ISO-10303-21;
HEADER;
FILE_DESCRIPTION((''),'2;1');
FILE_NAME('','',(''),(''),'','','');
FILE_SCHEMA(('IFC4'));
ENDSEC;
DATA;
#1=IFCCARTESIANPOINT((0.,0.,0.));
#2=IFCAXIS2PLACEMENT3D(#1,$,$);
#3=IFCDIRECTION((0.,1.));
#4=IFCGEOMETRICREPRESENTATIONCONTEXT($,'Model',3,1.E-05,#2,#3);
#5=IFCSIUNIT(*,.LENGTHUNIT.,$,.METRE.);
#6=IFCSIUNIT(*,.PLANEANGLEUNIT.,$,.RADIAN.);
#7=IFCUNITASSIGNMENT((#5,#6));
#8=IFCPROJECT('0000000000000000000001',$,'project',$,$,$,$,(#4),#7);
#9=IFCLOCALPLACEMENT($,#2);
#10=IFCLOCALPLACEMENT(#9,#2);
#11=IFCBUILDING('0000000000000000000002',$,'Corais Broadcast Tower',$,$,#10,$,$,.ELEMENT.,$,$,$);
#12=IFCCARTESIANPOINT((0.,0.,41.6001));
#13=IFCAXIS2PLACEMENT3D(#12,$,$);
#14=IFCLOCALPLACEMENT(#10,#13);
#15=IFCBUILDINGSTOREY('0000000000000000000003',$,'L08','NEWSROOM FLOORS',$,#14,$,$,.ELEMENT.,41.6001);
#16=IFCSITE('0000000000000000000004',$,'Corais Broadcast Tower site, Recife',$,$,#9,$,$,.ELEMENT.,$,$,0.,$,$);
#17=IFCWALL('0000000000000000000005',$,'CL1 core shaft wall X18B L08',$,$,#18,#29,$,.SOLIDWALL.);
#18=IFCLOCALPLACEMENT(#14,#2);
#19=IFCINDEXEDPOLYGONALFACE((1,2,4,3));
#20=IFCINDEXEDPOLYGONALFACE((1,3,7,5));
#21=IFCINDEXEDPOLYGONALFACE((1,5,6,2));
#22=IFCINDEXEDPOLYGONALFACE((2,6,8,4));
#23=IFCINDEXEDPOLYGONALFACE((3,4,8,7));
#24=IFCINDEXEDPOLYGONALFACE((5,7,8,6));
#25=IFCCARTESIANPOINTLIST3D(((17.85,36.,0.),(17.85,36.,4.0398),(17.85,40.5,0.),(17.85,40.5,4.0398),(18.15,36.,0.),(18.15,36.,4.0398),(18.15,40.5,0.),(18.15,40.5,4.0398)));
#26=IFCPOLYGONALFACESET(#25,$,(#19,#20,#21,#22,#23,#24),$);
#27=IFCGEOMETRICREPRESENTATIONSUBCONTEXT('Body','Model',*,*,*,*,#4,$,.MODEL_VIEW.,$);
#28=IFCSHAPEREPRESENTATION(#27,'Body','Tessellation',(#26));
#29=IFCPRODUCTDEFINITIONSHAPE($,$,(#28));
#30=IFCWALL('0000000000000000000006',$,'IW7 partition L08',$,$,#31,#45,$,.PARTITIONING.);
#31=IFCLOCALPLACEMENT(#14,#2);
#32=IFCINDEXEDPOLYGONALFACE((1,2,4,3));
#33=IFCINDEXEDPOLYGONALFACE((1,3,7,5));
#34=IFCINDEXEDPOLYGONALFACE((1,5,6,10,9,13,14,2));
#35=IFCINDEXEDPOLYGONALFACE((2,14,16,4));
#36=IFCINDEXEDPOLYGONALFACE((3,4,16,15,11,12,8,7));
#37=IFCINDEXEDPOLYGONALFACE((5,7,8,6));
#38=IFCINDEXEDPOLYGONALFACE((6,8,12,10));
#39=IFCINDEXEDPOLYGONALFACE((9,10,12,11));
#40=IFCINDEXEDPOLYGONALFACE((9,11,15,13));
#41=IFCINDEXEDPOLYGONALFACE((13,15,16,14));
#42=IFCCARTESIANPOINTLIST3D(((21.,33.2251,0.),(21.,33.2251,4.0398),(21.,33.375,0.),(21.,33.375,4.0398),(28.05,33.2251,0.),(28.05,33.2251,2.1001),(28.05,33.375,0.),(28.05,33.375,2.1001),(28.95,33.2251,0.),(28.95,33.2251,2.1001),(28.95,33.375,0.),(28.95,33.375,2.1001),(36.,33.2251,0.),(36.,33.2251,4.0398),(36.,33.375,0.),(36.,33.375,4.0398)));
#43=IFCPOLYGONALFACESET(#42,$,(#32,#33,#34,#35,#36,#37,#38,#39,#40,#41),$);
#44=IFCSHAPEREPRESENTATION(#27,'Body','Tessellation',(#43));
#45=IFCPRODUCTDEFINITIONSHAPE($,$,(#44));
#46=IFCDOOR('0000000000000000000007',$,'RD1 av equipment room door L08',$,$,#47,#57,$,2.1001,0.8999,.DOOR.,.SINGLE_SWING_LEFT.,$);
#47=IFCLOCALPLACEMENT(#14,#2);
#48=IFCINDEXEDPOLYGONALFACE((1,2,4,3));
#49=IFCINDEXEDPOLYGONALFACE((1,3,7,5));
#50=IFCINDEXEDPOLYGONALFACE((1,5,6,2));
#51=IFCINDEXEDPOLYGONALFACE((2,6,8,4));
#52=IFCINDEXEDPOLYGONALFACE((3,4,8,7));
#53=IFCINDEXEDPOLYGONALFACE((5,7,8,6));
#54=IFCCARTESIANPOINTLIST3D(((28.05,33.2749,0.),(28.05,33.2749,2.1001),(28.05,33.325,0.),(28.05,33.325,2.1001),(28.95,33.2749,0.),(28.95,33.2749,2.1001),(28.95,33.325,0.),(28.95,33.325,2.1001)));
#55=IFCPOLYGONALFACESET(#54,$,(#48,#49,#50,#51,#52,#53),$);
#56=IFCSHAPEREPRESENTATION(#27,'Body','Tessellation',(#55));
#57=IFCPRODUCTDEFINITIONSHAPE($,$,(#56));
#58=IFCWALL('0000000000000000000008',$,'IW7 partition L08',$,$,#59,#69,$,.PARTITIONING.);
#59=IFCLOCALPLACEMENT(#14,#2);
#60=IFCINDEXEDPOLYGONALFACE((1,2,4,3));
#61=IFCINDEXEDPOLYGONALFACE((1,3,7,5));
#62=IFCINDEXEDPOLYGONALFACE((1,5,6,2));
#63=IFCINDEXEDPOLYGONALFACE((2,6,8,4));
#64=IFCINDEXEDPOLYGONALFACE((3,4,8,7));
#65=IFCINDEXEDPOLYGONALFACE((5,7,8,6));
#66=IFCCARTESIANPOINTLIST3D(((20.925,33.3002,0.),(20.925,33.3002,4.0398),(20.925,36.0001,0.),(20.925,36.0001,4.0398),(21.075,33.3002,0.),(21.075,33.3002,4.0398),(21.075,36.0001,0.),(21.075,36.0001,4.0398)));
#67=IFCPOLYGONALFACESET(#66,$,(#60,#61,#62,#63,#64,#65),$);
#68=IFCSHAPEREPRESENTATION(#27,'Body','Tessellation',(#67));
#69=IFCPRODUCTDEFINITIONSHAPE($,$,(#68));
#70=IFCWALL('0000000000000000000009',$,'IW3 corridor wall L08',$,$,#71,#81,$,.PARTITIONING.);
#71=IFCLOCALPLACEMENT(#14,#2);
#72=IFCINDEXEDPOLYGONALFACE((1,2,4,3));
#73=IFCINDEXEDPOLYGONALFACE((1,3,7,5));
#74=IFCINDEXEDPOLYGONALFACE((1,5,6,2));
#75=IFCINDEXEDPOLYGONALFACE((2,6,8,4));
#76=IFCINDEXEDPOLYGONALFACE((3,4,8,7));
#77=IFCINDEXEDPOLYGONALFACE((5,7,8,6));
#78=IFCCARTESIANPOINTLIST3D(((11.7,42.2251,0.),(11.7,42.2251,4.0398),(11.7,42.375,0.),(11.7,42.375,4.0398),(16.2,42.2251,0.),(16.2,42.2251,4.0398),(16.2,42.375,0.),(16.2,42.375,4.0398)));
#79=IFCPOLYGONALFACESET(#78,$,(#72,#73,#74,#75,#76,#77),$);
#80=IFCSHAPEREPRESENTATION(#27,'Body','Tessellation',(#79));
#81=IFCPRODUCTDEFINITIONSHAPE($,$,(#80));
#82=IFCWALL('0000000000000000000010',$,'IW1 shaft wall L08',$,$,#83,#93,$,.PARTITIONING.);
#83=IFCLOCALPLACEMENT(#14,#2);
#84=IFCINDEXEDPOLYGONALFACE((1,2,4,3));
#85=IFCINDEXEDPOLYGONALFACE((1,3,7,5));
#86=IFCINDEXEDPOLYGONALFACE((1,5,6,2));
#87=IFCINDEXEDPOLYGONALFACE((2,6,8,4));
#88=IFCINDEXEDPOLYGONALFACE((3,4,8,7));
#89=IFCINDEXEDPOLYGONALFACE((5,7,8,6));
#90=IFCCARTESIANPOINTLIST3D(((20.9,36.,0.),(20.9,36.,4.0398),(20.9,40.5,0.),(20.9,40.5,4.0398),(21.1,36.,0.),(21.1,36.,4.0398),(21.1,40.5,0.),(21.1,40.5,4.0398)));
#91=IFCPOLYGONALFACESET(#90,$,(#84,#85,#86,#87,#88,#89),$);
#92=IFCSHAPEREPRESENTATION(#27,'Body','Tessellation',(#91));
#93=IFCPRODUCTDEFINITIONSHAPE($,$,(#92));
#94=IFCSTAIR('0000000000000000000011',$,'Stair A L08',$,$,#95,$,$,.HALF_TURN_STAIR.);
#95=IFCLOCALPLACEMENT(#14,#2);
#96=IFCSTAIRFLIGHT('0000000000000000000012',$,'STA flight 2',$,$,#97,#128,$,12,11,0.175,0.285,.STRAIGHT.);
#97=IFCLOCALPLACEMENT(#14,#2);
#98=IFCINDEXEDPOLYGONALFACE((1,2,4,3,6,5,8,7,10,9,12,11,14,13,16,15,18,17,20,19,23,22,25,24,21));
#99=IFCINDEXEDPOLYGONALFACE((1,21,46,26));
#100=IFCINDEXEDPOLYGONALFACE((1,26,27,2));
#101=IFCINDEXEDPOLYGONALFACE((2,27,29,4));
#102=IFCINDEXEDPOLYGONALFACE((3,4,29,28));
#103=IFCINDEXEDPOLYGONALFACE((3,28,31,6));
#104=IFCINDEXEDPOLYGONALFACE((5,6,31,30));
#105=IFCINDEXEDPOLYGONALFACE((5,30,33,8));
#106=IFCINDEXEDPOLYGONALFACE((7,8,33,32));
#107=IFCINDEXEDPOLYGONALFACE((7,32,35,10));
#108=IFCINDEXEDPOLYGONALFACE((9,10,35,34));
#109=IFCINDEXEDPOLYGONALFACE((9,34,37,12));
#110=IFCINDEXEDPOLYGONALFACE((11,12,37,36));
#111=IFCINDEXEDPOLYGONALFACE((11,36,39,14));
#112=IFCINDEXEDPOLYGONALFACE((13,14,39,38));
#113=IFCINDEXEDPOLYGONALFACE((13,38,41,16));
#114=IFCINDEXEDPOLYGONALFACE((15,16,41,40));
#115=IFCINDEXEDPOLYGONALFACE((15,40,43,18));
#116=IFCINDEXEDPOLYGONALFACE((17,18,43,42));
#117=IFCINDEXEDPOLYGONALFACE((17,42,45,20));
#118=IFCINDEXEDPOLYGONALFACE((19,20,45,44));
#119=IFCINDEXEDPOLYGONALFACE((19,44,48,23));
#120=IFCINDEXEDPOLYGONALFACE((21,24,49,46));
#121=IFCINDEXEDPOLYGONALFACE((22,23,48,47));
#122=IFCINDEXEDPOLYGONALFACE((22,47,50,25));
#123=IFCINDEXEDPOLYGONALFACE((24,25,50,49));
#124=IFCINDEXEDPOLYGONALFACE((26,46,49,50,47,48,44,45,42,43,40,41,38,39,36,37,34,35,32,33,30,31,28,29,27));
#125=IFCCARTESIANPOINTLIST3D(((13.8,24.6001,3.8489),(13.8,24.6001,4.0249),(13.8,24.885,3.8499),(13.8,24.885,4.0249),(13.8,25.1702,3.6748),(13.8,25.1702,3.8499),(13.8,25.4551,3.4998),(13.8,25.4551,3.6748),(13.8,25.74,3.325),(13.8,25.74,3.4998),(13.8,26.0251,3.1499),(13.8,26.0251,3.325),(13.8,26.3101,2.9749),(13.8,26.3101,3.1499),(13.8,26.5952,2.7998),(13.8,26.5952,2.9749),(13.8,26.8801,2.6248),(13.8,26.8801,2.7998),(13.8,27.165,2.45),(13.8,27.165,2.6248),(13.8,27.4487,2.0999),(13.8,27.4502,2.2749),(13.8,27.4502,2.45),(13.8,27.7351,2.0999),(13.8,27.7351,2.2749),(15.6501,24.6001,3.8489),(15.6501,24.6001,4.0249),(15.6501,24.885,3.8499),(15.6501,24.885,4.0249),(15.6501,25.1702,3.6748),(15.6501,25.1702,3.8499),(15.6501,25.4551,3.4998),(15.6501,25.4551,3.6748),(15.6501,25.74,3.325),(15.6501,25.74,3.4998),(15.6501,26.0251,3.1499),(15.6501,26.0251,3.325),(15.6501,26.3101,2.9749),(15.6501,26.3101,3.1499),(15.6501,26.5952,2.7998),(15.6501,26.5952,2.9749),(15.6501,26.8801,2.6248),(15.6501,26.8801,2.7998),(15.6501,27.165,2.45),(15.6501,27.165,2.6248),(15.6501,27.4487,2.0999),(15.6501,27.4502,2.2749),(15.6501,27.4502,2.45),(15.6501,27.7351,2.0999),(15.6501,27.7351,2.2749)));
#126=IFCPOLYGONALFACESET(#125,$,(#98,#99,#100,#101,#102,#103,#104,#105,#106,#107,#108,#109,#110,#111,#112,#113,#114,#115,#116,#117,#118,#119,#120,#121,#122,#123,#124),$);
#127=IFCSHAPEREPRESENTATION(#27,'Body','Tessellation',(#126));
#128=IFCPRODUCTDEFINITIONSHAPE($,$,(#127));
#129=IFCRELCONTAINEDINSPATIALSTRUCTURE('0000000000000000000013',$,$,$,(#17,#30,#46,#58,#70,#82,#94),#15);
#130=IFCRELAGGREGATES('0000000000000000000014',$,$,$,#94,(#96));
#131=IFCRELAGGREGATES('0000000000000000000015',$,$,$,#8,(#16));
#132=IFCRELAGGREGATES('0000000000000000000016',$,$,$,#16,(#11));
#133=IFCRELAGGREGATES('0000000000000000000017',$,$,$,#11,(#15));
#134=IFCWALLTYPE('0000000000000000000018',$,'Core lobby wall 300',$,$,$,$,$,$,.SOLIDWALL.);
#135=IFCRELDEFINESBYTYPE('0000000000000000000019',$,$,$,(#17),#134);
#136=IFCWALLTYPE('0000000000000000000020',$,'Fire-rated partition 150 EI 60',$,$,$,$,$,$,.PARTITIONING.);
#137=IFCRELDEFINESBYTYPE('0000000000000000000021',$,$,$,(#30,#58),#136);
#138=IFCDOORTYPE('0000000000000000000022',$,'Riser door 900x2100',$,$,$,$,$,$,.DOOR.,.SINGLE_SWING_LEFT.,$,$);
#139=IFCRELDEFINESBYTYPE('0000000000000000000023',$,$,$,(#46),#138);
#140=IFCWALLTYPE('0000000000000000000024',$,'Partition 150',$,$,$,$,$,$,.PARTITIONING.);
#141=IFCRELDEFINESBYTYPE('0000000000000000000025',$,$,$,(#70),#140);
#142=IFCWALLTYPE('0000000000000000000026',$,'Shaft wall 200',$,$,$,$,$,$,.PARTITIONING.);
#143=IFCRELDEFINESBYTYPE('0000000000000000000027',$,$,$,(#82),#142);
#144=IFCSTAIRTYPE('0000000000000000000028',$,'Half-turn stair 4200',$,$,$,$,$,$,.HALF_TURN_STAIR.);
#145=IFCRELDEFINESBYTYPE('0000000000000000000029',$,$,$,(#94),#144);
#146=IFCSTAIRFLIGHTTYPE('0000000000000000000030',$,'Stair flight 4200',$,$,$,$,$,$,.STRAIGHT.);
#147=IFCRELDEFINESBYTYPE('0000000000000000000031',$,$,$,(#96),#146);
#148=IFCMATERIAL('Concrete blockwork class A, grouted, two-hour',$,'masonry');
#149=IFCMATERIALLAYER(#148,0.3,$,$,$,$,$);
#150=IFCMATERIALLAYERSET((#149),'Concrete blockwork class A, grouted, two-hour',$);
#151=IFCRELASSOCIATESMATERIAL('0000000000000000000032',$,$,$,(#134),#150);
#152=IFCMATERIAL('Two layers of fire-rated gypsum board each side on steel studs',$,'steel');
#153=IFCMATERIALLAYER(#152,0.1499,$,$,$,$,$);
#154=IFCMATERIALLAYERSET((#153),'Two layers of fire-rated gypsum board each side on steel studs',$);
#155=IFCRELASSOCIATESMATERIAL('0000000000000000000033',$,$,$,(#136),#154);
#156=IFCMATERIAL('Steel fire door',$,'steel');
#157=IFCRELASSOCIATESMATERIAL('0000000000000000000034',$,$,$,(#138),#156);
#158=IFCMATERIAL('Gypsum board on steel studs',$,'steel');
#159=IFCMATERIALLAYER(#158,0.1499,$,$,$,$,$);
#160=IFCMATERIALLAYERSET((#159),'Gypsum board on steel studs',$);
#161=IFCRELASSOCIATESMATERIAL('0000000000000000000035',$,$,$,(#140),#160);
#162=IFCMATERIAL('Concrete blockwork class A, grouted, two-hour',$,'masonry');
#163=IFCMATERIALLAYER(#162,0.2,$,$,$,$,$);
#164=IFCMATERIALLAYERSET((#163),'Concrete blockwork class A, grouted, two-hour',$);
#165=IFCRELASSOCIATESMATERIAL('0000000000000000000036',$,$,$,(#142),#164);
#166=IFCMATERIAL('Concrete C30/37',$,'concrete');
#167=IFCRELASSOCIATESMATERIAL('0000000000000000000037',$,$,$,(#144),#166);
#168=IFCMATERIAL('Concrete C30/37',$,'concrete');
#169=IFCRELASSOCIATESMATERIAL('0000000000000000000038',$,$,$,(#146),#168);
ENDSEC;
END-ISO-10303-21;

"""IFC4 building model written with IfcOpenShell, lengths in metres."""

from ifc_helpers import new_model, si_unit, direction, frame, frame_2d, origin, place, context, subcontext, project, spatial, polyline, rectangle, outline, extrude, material, layer, layer_set, type_object, element, fill, aggregate, save


model = new_model("IFC4")

# Units and contexts
model_context = context("Model", 3, precision=1e-05, world=origin(), true_north=direction((0.0, 1.0)))
body_context = subcontext(model_context, "Body", "Model", "MODEL_VIEW")
ifc_project = project(units=[si_unit("LENGTHUNIT", "METRE"), si_unit("PLANEANGLEUNIT", "RADIAN")], contexts=[model_context])

# Site, building, storey
site_placement = place(None, origin())
site = spatial("IfcSite", under=ifc_project, at=site_placement, Name="Corais Broadcast Tower site, Recife", CompositionType="ELEMENT", RefElevation=0.0)
building_placement = place(site_placement, origin())
building = spatial("IfcBuilding", under=site, at=building_placement, Name="Corais Broadcast Tower", CompositionType="ELEMENT")
storey_placement = place(building_placement, frame((0.0, 0.0, 41.6001)))
storey = spatial("IfcBuildingStorey", under=building, at=storey_placement, Name="L08", Description="NEWSROOM FLOORS", CompositionType="ELEMENT", Elevation=41.6001)

# Wall
ifc_material_1 = material(Name="Concrete blockwork class A, grouted, two-hour", Category="masonry")
ifc_layer_1 = layer(ifc_material_1, 0.3)
ifc_layer_set_1 = layer_set([ifc_layer_1], Name="Concrete blockwork class A, grouted, two-hour")
wall_type_1 = type_object("IfcWallType", Name="Core lobby wall 300", PredefinedType="SOLIDWALL", material=ifc_layer_set_1)
wall_1_placement = place(storey_placement, frame((18.0, 36.0, 0.0), z_axis=(0.0, 0.0, 1.0), x_axis=(0.0, 1.0, 0.0)))
element("IfcWall", 1, at=wall_1_placement, inside=storey, type_object=wall_type_1, Name="CL1 core shaft wall X18B L08", PredefinedType="SOLIDWALL", context=body_context, shape_type="SweptSolid", body=[
    extrude(rectangle(XDim=4.5, YDim=0.3, at=frame_2d((2.25, 0.0))), origin(), (0.0, 0.0, 1.0), 4.0398),
])

# Wall, opening, door
ifc_material_2 = material(Name="Two layers of fire-rated gypsum board each side on steel studs", Category="steel")
ifc_layer_2 = layer(ifc_material_2, 0.1499)
ifc_layer_set_2 = layer_set([ifc_layer_2], Name="Two layers of fire-rated gypsum board each side on steel studs")
wall_type_2 = type_object("IfcWallType", Name="Fire-rated partition 150 EI 60", PredefinedType="PARTITIONING", material=ifc_layer_set_2)
wall_2_placement = place(storey_placement, frame((21.0, 33.3, 0.0), z_axis=(0.0, 0.0, 1.0), x_axis=(1.0, 0.0, 0.0)))
wall_2 = element("IfcWall", 2, at=wall_2_placement, inside=storey, type_object=wall_type_2, Name="IW7 partition L08", PredefinedType="PARTITIONING", context=body_context, shape_type="SweptSolid", body=[
    extrude(rectangle(XDim=15.0, YDim=0.1499, at=frame_2d((7.5, 0.0))), origin(), (0.0, 0.0, 1.0), 4.0398),
])
opening_placement = place(wall_2_placement, frame((7.05, 0.0, 0.0)))
opening = element("IfcOpeningElement", 3, at=opening_placement, cuts=wall_2, PredefinedType="OPENING", context=body_context, shape_type="SweptSolid", body=[
    extrude(rectangle(XDim=0.8999, YDim=2.1001, at=frame_2d((0.45, 1.05))), frame((0.0, 0.085, 0.0), z_axis=(0.0, -1.0, 0.0), x_axis=(1.0, 0.0, 0.0)), (0.0, 0.0, 1.0), 0.1699),
])
ifc_material_3 = material(Name="Steel fire door", Category="steel")
door_type = type_object("IfcDoorType", Name="Riser door 900x2100", OperationType="SINGLE_SWING_LEFT", PredefinedType="DOOR", material=ifc_material_3)
door_placement = place(opening_placement, origin())
door = element("IfcDoor", 4, at=door_placement, inside=storey, type_object=door_type, Name="RD1 av equipment room door L08", OperationType="SINGLE_SWING_LEFT", OverallHeight=2.1001, OverallWidth=0.8999, PredefinedType="DOOR", context=body_context, shape_type="SweptSolid", body=[
    extrude(rectangle(XDim=0.8999, YDim=2.1001, at=frame_2d((0.45, 1.05))), frame((0.0, 0.0249, 0.0), z_axis=(0.0, -1.0, 0.0), x_axis=(1.0, 0.0, 0.0)), (0.0, 0.0, 1.0), 0.05),
])
fill(opening, door)

# Walls
wall_3_placement = place(storey_placement, frame((21.0, 33.3, 0.0), z_axis=(0.0, 0.0, 1.0), x_axis=(0.0, 1.0, 0.0)))
element("IfcWall", 5, at=wall_3_placement, inside=storey, type_object=wall_type_2, Name="IW7 partition L08", PredefinedType="PARTITIONING", context=body_context, shape_type="SweptSolid", body=[
    extrude(rectangle(XDim=2.7, YDim=0.1499, at=frame_2d((1.3501, 0.0))), origin(), (0.0, 0.0, 1.0), 4.0398),
])
ifc_material_4 = material(Name="Gypsum board on steel studs", Category="steel")
ifc_layer_3 = layer(ifc_material_4, 0.1499)
ifc_layer_set_3 = layer_set([ifc_layer_3], Name="Gypsum board on steel studs")
wall_type_3 = type_object("IfcWallType", Name="Partition 150", PredefinedType="PARTITIONING", material=ifc_layer_set_3)
wall_4_placement = place(storey_placement, frame((16.2, 42.3, 0.0), z_axis=(0.0, 0.0, 1.0), x_axis=(-1.0, 0.0, 0.0)))
element("IfcWall", 6, at=wall_4_placement, inside=storey, type_object=wall_type_3, Name="IW3 corridor wall L08", PredefinedType="PARTITIONING", context=body_context, shape_type="SweptSolid", body=[
    extrude(rectangle(XDim=4.5, YDim=0.1499, at=frame_2d((2.25, 0.0))), origin(), (0.0, 0.0, 1.0), 4.0398),
])
ifc_material_5 = material(Name="Concrete blockwork class A, grouted, two-hour", Category="masonry")
ifc_layer_4 = layer(ifc_material_5, 0.2)
ifc_layer_set_4 = layer_set([ifc_layer_4], Name="Concrete blockwork class A, grouted, two-hour")
wall_type_4 = type_object("IfcWallType", Name="Shaft wall 200", PredefinedType="PARTITIONING", material=ifc_layer_set_4)
wall_5_placement = place(storey_placement, frame((21.0, 36.0, 0.0), z_axis=(0.0, 0.0, 1.0), x_axis=(0.0, 1.0, 0.0)))
element("IfcWall", 7, at=wall_5_placement, inside=storey, type_object=wall_type_4, Name="IW1 shaft wall L08", PredefinedType="PARTITIONING", context=body_context, shape_type="SweptSolid", body=[
    extrude(rectangle(XDim=4.5, YDim=0.2, at=frame_2d((2.25, 0.0))), origin(), (0.0, 0.0, 1.0), 4.0398),
])

# Stair, stair flight
ifc_material_6 = material(Name="Concrete C30/37", Category="concrete")
stair_type = type_object("IfcStairType", Name="Half-turn stair 4200", PredefinedType="HALF_TURN_STAIR", material=ifc_material_6)
stair_placement = place(storey_placement, origin())
stair = element("IfcStair", 8, at=stair_placement, inside=storey, type_object=stair_type, Name="Stair A L08", PredefinedType="HALF_TURN_STAIR")
ifc_material_7 = material(Name="Concrete C30/37", Category="concrete")
stair_flight_type = type_object("IfcStairFlightType", Name="Stair flight 4200", PredefinedType="STRAIGHT", material=ifc_material_7)
stair_flight_placement = place(storey_placement, frame((14.7251, 27.7351, 2.0999), z_axis=(0.0, 0.0, 1.0), x_axis=(0.0, -1.0, 0.0)))
stair_flight = element("IfcStairFlight", 9, at=stair_flight_placement, type_object=stair_flight_type, Name="STA flight 2", NumberOfRisers=12, NumberOfTreads=11, PredefinedType="STRAIGHT", RiserHeight=0.175, TreadLength=0.285, context=body_context, shape_type="SweptSolid", body=[
    extrude(outline(polyline([(0.0, 0.0), (0.0, 0.175), (0.2849, 0.175), (0.2849, 0.3501), (0.5701, 0.3501), (0.5701, 0.5249), (0.855, 0.5249), (0.855, 0.7), (1.1399, 0.7), (1.1399, 0.875), (1.425, 0.875), (1.425, 1.05), (1.71, 1.05), (1.71, 1.2251), (1.9951, 1.2251), (1.9951, 1.3999), (2.28, 1.3999), (2.28, 1.575), (2.5649, 1.575), (2.5649, 1.75), (2.8501, 1.75), (2.8501, 1.925), (3.135, 1.925), (3.135, 2.1001), (3.135, 1.749), (0.2864, 0.0), (0.0, 0.0)])), frame((0.0, 0.925, 0.0), z_axis=(0.0, -1.0, 0.0), x_axis=(1.0, 0.0, 0.0)), (0.0, 0.0, 1.0), 1.8501),
])
aggregate(stair, [stair_flight])

save(model, "model.ifc")
